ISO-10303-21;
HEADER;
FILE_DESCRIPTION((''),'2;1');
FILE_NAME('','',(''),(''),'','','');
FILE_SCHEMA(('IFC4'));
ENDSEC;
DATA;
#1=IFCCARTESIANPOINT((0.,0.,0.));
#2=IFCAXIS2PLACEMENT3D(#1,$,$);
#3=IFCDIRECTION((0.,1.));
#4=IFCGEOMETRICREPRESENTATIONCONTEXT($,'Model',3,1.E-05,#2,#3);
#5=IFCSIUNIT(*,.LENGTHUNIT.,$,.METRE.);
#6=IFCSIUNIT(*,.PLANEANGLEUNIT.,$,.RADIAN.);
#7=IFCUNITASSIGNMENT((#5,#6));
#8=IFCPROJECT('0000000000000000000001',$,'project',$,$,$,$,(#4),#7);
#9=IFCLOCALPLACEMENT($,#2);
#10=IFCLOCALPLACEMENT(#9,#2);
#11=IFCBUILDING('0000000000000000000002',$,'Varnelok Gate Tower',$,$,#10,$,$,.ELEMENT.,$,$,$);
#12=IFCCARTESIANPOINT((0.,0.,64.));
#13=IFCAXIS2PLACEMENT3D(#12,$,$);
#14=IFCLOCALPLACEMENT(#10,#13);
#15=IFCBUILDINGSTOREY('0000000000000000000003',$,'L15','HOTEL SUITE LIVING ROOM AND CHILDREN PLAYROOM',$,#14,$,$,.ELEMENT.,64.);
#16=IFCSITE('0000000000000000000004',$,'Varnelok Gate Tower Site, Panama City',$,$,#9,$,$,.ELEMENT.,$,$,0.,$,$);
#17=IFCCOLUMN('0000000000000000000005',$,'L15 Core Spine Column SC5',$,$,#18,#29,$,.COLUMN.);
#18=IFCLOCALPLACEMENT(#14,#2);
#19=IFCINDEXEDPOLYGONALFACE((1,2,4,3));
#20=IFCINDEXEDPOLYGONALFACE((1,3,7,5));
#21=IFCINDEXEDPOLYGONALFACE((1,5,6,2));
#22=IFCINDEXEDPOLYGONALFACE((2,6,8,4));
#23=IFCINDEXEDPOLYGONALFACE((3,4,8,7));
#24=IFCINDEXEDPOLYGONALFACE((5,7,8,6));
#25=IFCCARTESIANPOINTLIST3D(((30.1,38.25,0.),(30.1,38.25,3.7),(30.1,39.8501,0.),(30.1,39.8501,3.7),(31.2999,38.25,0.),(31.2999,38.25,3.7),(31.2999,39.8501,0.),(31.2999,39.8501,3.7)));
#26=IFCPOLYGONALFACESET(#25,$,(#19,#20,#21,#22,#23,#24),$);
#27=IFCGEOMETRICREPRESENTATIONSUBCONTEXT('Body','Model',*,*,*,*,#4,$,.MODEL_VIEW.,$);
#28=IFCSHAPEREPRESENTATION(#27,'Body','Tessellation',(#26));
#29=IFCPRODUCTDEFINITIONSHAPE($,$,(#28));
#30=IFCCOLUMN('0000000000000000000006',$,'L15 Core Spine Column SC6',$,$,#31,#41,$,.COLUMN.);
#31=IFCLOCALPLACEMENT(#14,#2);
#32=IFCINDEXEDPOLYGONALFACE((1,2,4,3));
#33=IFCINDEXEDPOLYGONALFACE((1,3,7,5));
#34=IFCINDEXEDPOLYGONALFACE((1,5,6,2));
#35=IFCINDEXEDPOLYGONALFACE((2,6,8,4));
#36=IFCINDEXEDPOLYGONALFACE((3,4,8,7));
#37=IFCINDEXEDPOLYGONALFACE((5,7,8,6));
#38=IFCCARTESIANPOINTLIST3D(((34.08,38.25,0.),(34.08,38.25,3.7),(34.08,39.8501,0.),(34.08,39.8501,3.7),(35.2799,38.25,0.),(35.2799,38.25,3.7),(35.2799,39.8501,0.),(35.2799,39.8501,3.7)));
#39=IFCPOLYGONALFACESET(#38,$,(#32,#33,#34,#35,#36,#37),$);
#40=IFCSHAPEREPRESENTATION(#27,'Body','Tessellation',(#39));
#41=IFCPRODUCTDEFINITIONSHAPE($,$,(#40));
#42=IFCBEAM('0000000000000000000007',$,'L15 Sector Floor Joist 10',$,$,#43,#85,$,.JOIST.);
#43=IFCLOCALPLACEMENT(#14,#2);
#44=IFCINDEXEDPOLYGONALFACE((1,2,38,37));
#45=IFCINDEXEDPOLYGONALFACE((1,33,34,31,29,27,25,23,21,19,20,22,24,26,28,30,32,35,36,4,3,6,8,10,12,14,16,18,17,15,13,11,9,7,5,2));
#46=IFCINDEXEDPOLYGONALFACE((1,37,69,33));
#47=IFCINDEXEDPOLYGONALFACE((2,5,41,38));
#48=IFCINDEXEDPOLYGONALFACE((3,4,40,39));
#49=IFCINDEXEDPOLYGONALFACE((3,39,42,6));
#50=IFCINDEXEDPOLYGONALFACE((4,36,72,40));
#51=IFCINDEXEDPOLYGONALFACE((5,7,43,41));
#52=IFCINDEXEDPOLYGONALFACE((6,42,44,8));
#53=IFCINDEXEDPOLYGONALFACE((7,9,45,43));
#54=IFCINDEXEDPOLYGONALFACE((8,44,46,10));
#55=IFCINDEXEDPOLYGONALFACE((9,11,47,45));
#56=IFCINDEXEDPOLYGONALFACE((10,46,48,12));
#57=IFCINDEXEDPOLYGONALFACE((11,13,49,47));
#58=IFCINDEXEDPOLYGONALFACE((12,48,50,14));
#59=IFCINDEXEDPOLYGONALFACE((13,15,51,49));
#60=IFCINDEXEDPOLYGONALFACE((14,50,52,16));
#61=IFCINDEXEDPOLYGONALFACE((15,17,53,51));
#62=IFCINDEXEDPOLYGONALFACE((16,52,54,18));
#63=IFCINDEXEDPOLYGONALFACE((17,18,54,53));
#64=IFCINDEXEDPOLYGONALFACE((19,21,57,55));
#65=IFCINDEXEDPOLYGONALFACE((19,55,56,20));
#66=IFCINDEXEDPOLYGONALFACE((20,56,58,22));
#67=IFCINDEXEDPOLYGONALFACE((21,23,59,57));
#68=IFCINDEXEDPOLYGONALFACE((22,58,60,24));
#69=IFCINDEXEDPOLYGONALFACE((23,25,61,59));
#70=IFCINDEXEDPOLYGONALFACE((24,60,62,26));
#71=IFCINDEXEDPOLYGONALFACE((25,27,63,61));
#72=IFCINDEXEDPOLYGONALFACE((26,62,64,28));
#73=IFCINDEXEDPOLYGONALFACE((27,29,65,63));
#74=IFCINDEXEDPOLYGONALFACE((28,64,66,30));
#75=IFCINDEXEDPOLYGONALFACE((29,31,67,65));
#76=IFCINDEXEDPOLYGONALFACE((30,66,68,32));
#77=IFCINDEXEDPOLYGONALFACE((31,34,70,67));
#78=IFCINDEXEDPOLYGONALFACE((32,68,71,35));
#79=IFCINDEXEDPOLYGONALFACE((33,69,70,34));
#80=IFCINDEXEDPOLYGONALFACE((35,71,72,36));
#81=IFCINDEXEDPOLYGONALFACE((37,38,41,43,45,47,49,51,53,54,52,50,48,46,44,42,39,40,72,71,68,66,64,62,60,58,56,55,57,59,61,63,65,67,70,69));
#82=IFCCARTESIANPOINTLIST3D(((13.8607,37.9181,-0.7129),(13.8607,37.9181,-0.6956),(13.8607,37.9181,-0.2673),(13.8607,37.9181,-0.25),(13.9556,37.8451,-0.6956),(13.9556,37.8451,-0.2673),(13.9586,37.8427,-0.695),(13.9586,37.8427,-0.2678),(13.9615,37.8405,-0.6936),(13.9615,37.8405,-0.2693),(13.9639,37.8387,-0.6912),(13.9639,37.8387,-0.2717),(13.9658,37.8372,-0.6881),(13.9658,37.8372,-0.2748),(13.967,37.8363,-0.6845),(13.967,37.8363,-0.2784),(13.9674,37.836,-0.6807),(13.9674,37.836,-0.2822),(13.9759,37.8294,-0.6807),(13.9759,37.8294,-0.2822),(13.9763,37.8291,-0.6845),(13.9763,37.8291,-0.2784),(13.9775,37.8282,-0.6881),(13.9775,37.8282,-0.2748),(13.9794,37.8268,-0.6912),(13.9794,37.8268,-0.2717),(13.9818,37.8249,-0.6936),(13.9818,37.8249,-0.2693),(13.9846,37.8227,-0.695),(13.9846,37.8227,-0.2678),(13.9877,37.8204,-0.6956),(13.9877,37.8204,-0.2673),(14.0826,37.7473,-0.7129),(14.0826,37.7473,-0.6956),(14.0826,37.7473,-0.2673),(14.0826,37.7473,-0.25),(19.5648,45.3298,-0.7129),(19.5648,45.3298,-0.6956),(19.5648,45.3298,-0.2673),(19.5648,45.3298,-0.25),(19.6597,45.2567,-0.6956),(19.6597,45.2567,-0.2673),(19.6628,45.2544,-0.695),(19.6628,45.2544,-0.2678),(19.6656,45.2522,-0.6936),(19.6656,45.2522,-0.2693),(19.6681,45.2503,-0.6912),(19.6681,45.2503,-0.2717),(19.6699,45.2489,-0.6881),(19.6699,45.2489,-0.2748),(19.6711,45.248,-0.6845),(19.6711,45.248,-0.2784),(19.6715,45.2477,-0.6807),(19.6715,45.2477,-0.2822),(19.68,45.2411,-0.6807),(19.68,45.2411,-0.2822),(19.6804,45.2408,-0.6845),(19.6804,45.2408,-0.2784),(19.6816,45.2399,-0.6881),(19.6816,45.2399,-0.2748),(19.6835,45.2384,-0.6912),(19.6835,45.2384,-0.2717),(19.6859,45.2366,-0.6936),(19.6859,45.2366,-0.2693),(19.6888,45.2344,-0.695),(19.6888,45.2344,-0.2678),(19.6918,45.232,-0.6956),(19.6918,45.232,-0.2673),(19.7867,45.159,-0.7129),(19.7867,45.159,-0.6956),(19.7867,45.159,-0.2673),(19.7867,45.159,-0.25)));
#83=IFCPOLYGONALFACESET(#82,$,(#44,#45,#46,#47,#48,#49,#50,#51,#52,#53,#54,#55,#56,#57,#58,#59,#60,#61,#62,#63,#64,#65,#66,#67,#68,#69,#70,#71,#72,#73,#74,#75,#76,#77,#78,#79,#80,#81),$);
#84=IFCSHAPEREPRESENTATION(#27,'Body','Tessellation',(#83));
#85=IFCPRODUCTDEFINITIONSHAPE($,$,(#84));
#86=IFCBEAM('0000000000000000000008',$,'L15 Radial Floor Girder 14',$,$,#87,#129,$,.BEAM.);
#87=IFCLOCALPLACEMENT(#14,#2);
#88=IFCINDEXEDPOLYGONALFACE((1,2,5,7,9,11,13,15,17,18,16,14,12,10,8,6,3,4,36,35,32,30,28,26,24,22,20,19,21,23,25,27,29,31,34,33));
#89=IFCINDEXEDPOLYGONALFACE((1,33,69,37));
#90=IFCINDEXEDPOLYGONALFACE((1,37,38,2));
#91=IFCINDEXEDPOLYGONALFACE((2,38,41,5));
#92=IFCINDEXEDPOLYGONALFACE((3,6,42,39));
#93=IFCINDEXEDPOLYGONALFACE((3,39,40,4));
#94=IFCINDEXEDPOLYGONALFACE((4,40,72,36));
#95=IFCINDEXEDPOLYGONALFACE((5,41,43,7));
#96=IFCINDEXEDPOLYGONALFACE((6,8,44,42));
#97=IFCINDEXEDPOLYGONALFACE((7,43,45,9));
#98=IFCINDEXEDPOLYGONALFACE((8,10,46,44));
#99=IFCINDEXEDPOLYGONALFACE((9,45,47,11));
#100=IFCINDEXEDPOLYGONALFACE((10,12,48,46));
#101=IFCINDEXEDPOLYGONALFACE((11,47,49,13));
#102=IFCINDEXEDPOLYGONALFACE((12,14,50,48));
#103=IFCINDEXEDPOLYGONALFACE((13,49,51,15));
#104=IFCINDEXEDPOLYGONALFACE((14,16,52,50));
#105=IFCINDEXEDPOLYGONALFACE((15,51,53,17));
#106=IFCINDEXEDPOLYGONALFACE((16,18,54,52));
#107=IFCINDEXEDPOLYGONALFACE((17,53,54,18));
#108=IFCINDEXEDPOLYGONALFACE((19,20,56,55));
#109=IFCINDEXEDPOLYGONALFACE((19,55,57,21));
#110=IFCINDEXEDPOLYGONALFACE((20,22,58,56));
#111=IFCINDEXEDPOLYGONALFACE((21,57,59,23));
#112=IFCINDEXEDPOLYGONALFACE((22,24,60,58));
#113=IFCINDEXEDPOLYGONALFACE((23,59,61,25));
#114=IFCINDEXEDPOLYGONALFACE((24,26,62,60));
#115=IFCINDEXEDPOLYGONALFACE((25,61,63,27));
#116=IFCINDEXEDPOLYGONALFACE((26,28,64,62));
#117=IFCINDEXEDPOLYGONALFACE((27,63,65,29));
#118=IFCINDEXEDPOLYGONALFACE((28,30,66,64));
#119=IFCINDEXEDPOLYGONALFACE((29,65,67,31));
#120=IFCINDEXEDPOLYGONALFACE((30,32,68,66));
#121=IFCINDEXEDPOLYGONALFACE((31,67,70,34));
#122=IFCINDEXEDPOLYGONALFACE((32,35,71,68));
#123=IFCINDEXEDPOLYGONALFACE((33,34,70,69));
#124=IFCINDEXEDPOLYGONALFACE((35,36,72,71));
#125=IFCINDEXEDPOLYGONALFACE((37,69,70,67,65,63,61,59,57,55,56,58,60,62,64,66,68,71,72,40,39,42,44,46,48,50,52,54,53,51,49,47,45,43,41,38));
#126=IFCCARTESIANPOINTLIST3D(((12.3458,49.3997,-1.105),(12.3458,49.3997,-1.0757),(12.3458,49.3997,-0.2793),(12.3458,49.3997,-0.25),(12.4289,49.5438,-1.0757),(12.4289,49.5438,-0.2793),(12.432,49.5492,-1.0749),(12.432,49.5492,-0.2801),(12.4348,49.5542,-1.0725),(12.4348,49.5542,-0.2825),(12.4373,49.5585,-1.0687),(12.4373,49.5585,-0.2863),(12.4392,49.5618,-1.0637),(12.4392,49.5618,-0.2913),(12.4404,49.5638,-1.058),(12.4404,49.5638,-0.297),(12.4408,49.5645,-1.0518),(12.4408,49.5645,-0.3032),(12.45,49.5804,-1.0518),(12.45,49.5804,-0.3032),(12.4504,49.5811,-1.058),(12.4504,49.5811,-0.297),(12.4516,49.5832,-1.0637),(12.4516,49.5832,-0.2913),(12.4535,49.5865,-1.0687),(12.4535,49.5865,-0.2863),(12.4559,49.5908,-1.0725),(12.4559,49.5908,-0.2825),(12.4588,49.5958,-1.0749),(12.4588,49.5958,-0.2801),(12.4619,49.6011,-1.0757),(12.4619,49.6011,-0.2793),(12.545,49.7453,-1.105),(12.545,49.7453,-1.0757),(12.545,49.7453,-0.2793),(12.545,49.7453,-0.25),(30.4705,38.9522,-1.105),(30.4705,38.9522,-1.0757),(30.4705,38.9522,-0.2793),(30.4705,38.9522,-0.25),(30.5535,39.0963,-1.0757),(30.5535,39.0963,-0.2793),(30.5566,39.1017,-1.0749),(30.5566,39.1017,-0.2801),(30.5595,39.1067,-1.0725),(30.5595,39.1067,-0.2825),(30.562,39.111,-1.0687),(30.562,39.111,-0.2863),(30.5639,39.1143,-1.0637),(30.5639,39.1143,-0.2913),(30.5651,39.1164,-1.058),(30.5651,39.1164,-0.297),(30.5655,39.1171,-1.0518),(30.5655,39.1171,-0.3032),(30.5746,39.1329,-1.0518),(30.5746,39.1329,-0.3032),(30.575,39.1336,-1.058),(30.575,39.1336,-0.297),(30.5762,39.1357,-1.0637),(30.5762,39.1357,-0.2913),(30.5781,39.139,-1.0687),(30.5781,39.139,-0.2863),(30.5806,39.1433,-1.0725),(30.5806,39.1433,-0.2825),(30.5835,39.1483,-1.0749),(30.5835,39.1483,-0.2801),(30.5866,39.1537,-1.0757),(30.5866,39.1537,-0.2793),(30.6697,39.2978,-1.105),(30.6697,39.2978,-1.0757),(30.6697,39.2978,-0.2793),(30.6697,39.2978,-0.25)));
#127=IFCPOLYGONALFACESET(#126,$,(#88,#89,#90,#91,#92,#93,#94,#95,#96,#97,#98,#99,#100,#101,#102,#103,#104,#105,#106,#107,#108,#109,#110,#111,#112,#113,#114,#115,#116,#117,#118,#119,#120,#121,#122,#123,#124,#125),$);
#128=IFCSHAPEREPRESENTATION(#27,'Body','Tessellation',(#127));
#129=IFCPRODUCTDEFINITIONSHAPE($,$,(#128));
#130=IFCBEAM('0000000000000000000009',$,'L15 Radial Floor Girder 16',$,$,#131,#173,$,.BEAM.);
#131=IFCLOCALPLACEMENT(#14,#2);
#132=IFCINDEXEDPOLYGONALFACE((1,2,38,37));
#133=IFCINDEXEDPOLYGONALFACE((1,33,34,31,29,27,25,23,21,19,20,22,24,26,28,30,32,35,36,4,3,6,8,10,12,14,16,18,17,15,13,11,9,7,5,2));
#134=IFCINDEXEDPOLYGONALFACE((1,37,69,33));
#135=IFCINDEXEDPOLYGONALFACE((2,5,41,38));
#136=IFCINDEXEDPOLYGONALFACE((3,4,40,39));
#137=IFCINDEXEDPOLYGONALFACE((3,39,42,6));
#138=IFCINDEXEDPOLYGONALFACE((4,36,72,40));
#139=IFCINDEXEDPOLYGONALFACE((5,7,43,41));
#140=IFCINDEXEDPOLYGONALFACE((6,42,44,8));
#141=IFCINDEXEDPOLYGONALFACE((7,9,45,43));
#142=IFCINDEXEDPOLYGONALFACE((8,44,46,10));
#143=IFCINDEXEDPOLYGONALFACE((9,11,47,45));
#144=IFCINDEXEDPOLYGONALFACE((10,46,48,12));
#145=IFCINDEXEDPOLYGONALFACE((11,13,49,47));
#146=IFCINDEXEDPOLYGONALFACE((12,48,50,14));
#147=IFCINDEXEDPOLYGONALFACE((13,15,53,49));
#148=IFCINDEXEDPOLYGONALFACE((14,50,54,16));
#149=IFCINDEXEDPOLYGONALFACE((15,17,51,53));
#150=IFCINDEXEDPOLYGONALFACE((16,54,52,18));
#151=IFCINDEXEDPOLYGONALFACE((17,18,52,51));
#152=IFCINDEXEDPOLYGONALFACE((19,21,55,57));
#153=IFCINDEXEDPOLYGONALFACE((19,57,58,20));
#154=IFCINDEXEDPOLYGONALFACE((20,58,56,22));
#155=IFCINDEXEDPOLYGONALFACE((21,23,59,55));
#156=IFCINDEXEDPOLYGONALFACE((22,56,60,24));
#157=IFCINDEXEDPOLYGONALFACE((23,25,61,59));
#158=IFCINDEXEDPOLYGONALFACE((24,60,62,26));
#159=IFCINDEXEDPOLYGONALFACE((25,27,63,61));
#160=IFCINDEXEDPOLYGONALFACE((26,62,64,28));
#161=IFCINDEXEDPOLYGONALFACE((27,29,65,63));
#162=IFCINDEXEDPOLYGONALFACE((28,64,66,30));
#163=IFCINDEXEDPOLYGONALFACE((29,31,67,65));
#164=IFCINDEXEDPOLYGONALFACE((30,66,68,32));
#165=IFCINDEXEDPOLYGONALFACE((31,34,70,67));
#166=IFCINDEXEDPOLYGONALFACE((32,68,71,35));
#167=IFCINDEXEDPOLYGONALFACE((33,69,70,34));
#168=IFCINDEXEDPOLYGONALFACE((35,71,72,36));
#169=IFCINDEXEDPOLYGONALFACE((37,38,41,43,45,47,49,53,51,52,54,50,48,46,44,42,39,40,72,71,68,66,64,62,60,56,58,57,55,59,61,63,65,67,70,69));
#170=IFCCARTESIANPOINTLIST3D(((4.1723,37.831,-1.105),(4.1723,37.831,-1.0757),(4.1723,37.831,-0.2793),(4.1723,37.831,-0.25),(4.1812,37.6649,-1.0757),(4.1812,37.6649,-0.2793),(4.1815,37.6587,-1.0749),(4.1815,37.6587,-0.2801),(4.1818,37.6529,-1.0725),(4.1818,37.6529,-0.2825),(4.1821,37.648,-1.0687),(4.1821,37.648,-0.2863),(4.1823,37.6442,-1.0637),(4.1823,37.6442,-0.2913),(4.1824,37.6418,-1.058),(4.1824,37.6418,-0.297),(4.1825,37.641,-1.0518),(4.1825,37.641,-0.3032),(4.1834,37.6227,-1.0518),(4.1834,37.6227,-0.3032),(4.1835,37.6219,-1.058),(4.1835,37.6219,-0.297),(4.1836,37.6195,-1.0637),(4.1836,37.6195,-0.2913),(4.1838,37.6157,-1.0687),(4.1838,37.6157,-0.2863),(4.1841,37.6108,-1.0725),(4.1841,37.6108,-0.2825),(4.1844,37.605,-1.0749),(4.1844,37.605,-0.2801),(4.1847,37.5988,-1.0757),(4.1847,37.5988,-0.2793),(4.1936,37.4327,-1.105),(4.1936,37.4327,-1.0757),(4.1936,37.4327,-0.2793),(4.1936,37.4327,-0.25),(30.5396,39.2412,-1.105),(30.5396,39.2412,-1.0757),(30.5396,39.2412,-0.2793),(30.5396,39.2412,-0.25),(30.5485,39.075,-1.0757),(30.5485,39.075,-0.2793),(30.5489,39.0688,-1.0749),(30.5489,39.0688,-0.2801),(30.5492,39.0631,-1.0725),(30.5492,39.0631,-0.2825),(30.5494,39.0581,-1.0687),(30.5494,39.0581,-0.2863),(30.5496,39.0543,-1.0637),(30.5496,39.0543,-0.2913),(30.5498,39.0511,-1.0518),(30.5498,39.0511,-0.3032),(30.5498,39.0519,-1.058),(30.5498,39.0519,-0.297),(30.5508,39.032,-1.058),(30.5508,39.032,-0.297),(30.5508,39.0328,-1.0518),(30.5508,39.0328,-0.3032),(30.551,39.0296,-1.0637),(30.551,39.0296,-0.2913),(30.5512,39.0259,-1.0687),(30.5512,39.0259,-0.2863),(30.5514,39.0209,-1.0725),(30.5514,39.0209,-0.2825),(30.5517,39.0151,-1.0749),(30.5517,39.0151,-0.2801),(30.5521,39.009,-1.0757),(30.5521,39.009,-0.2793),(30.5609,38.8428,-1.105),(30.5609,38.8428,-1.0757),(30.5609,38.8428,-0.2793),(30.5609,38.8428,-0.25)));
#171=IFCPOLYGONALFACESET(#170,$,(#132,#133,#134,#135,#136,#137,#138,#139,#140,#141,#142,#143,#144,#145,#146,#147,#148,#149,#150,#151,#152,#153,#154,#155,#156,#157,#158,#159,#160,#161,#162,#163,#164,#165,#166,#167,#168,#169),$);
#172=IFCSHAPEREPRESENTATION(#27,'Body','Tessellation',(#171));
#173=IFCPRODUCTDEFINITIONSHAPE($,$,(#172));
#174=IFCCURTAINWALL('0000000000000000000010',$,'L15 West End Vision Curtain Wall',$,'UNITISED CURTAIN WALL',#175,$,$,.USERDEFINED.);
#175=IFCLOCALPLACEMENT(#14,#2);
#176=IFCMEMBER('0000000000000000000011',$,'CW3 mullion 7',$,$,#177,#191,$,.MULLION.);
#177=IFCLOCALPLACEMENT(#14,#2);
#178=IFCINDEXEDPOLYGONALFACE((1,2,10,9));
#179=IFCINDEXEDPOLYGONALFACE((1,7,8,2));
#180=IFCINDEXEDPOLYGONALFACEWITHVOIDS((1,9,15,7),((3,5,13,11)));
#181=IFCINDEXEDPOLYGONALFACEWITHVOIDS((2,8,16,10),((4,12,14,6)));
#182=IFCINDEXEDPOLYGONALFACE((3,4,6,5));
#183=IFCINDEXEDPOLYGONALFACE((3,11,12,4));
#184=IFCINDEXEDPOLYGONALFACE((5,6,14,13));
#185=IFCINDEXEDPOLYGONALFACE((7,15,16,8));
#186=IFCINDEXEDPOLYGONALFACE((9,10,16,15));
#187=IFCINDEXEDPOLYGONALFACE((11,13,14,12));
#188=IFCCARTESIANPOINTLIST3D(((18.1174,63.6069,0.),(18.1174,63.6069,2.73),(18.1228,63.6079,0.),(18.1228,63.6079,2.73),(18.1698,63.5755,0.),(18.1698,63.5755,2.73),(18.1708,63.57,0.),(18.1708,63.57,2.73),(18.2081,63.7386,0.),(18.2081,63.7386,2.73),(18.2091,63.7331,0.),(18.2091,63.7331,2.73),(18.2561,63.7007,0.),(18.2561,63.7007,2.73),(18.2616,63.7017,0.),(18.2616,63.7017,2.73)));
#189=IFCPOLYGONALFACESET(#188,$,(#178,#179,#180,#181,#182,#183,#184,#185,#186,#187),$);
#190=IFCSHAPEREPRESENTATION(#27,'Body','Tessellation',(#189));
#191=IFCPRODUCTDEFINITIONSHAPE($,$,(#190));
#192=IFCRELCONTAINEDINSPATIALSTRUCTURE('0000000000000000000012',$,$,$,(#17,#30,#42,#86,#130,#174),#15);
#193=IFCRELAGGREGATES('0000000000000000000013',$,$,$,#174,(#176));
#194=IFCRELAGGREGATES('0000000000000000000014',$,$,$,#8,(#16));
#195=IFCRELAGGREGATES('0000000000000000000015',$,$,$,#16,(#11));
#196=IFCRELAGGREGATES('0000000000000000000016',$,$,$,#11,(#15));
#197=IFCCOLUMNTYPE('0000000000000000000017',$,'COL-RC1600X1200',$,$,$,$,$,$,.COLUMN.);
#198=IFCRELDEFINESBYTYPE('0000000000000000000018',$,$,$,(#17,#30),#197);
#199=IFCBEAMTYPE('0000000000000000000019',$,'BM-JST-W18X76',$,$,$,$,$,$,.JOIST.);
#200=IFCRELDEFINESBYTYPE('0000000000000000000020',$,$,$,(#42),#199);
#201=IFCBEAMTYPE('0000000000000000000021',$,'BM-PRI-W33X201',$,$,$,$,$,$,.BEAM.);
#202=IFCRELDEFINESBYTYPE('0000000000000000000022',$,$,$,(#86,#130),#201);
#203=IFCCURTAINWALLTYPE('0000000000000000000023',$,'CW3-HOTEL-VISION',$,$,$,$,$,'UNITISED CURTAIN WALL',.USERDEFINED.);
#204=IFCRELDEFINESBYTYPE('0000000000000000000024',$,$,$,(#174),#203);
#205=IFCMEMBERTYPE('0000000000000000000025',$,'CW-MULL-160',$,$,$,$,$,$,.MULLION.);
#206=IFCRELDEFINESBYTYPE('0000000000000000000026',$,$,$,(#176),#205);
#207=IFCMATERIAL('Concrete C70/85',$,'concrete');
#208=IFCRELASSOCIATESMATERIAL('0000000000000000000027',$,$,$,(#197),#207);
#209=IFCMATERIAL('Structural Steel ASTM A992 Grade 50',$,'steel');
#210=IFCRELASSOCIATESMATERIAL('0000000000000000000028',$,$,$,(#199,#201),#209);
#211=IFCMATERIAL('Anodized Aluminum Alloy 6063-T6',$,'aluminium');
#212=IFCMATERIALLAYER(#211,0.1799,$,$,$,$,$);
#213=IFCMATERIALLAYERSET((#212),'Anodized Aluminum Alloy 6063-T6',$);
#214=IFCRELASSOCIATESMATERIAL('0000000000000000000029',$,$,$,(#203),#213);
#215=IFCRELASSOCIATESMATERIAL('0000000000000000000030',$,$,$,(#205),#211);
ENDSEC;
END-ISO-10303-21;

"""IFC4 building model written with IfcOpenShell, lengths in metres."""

from ifc_helpers import new_model, si_unit, direction, frame, origin, origin_2d, place, context, subcontext, project, spatial, rectangle, hollow_rectangle, i_section, extrude, material, layer, layer_set, material_profile, profile_set, type_object, element, aggregate, save


model = new_model("IFC4")

# Units and contexts
model_context = context("Model", 3, precision=1e-05, world=origin(), true_north=direction((0.0, 1.0)))
body_context = subcontext(model_context, "Body", "Model", "MODEL_VIEW")
ifc_project = project(units=[si_unit("LENGTHUNIT", "METRE"), si_unit("PLANEANGLEUNIT", "RADIAN")], contexts=[model_context])

# Site, building, storey
site_placement = place(None, origin())
site = spatial("IfcSite", under=ifc_project, at=site_placement, Name="Varnelok Gate Tower Site, Panama City", CompositionType="ELEMENT", RefElevation=0.0)
building_placement = place(site_placement, origin())
building = spatial("IfcBuilding", under=site, at=building_placement, Name="Varnelok Gate Tower", CompositionType="ELEMENT")
storey_placement = place(building_placement, frame((0.0, 0.0, 64.0)))
storey = spatial("IfcBuildingStorey", under=building, at=storey_placement, Name="L15", Description="HOTEL SUITE LIVING ROOM AND CHILDREN PLAYROOM", CompositionType="ELEMENT", Elevation=64.0)

# Columns
ifc_material_1 = material(Name="Concrete C70/85", Category="concrete")
ifc_material_profile_1 = material_profile(ifc_material_1, rectangle(XDim=1.2, YDim=1.6001, at=origin_2d()), Name="RC1600X1200")
ifc_profile_set_1 = profile_set([ifc_material_profile_1], Name="Concrete C70/85")
column_type = type_object("IfcColumnType", Name="COL-RC1600X1200", PredefinedType="COLUMN", material=ifc_profile_set_1)
for number, where, z_axis, x_axis, name in (
    (1, (30.7, 39.05, 0.0), (0.0, 0.0, 1.0), (1.0, 0.0, 0.0), "L15 Core Spine Column SC5"),
    (2, (34.6799, 39.05, 0.0), (0.0, 0.0, 1.0), (1.0, 0.0, 0.0), "L15 Core Spine Column SC6"),
):
    element("IfcColumn", number, at=place(storey_placement, frame(where, z_axis=z_axis, x_axis=x_axis)), inside=storey, type_object=column_type, Name=name, PredefinedType="COLUMN", context=body_context, shape_type="SweptSolid", body=[
        extrude(rectangle(XDim=1.2, YDim=1.6001, at=origin_2d()), origin(), (0.0, 0.0, 1.0), 3.7),
    ])

# Beams
ifc_material_2 = material(Name="Structural Steel ASTM A992 Grade 50", Category="steel")
ifc_material_profile_2 = material_profile(ifc_material_2, i_section(OverallWidth=0.28, OverallDepth=0.4629, WebThickness=0.0107, FlangeThickness=0.0173, FilletRadius=0.0149, at=origin_2d()), Name="W18X76")
ifc_profile_set_2 = profile_set([ifc_material_profile_2], Name="Structural Steel ASTM A992 Grade 50")
beam_type_1 = type_object("IfcBeamType", Name="BM-JST-W18X76", PredefinedType="JOIST", material=ifc_profile_set_2)
beam_1_placement = place(storey_placement, frame((19.6758, 45.2444, -0.4814), z_axis=(-0.609902, -0.792476, 0.0), x_axis=(0.792476, -0.609902, 0.0)))
element("IfcBeam", 3, at=beam_1_placement, inside=storey, type_object=beam_type_1, Name="L15 Sector Floor Joist 10", PredefinedType="JOIST", context=body_context, shape_type="SweptSolid", body=[
    extrude(i_section(OverallWidth=0.28, OverallDepth=0.4629, WebThickness=0.0107, FlangeThickness=0.0173, FilletRadius=0.0149, at=origin_2d()), origin(), (0.0, 0.0, 1.0), 9.3525),
])
ifc_material_profile_3 = material_profile(ifc_material_2, i_section(OverallWidth=0.3989, OverallDepth=0.855, WebThickness=0.0183, FlangeThickness=0.0293, FilletRadius=0.0239, at=origin_2d()), Name="W33X201")
ifc_profile_set_3 = profile_set([ifc_material_profile_3], Name="Structural Steel ASTM A992 Grade 50")
beam_type_2 = type_object("IfcBeamType", Name="BM-PRI-W33X201", PredefinedType="BEAM", material=ifc_profile_set_3)
beam_2_placement = place(storey_placement, frame((30.5701, 39.125, -0.6775), z_axis=(-0.866373, 0.499397, 0.0), x_axis=(-0.499397, -0.866373, 0.0)))
element("IfcBeam", 4, at=beam_2_placement, inside=storey, type_object=beam_type_2, Name="L15 Radial Floor Girder 14", PredefinedType="BEAM", context=body_context, shape_type="SweptSolid", body=[
    extrude(i_section(OverallWidth=0.3989, OverallDepth=0.855, WebThickness=0.0183, FlangeThickness=0.0293, FilletRadius=0.0239, at=origin_2d()), origin(), (0.0, 0.0, 1.0), 20.9202),
])
beam_3_placement = place(storey_placement, frame((30.5503, 39.042, -0.6775), z_axis=(-0.998573, -0.053405, 0.0), x_axis=(0.053405, -0.998573, 0.0)))
element("IfcBeam", 5, at=beam_3_placement, inside=storey, type_object=beam_type_2, Name="L15 Radial Floor Girder 16", PredefinedType="BEAM", context=body_context, shape_type="SweptSolid", body=[
    extrude(i_section(OverallWidth=0.3989, OverallDepth=0.855, WebThickness=0.0183, FlangeThickness=0.0293, FilletRadius=0.0239, at=origin_2d()), origin(), (0.0, 0.0, 1.0), 26.405),
])

# Curtain wall, member
ifc_material_3 = material(Name="Anodized Aluminum Alloy 6063-T6", Category="aluminium")
ifc_layer_1 = layer(ifc_material_3, 0.1799)
ifc_layer_set_1 = layer_set([ifc_layer_1], Name="Anodized Aluminum Alloy 6063-T6")
curtain_wall_type = type_object("IfcCurtainWallType", Name="CW3-HOTEL-VISION", ElementType="UNITISED CURTAIN WALL", PredefinedType="USERDEFINED", material=ifc_layer_set_1)
curtain_wall_placement = place(storey_placement, origin())
curtain_wall = element("IfcCurtainWall", 6, at=curtain_wall_placement, inside=storey, type_object=curtain_wall_type, Name="L15 West End Vision Curtain Wall", ObjectType="UNITISED CURTAIN WALL", PredefinedType="USERDEFINED")
ifc_material_profile_4 = material_profile(ifc_material_3, hollow_rectangle(XDim=0.0649, YDim=0.1599, WallThickness=0.0039, at=origin_2d()), Name="ALU160X65X4")
ifc_profile_set_4 = profile_set([ifc_material_profile_4], Name="Anodized Aluminum Alloy 6063-T6")
member_type = type_object("IfcMemberType", Name="CW-MULL-160", PredefinedType="MULLION", material=ifc_profile_set_4)
member_placement = place(storey_placement, frame((18.1895, 63.6543, 0.0), z_axis=(0.0, 0.0, 1.0), x_axis=(-0.823533, 0.567269, 0.0)))
member = element("IfcMember", 7, at=member_placement, type_object=member_type, Name="CW3 mullion 7", PredefinedType="MULLION", context=body_context, shape_type="SweptSolid", body=[
    extrude(hollow_rectangle(XDim=0.0649, YDim=0.1599, WallThickness=0.0039, at=origin_2d()), origin(), (0.0, 0.0, 1.0), 2.73),
])
aggregate(curtain_wall, [member])

save(model, "model.ifc")
